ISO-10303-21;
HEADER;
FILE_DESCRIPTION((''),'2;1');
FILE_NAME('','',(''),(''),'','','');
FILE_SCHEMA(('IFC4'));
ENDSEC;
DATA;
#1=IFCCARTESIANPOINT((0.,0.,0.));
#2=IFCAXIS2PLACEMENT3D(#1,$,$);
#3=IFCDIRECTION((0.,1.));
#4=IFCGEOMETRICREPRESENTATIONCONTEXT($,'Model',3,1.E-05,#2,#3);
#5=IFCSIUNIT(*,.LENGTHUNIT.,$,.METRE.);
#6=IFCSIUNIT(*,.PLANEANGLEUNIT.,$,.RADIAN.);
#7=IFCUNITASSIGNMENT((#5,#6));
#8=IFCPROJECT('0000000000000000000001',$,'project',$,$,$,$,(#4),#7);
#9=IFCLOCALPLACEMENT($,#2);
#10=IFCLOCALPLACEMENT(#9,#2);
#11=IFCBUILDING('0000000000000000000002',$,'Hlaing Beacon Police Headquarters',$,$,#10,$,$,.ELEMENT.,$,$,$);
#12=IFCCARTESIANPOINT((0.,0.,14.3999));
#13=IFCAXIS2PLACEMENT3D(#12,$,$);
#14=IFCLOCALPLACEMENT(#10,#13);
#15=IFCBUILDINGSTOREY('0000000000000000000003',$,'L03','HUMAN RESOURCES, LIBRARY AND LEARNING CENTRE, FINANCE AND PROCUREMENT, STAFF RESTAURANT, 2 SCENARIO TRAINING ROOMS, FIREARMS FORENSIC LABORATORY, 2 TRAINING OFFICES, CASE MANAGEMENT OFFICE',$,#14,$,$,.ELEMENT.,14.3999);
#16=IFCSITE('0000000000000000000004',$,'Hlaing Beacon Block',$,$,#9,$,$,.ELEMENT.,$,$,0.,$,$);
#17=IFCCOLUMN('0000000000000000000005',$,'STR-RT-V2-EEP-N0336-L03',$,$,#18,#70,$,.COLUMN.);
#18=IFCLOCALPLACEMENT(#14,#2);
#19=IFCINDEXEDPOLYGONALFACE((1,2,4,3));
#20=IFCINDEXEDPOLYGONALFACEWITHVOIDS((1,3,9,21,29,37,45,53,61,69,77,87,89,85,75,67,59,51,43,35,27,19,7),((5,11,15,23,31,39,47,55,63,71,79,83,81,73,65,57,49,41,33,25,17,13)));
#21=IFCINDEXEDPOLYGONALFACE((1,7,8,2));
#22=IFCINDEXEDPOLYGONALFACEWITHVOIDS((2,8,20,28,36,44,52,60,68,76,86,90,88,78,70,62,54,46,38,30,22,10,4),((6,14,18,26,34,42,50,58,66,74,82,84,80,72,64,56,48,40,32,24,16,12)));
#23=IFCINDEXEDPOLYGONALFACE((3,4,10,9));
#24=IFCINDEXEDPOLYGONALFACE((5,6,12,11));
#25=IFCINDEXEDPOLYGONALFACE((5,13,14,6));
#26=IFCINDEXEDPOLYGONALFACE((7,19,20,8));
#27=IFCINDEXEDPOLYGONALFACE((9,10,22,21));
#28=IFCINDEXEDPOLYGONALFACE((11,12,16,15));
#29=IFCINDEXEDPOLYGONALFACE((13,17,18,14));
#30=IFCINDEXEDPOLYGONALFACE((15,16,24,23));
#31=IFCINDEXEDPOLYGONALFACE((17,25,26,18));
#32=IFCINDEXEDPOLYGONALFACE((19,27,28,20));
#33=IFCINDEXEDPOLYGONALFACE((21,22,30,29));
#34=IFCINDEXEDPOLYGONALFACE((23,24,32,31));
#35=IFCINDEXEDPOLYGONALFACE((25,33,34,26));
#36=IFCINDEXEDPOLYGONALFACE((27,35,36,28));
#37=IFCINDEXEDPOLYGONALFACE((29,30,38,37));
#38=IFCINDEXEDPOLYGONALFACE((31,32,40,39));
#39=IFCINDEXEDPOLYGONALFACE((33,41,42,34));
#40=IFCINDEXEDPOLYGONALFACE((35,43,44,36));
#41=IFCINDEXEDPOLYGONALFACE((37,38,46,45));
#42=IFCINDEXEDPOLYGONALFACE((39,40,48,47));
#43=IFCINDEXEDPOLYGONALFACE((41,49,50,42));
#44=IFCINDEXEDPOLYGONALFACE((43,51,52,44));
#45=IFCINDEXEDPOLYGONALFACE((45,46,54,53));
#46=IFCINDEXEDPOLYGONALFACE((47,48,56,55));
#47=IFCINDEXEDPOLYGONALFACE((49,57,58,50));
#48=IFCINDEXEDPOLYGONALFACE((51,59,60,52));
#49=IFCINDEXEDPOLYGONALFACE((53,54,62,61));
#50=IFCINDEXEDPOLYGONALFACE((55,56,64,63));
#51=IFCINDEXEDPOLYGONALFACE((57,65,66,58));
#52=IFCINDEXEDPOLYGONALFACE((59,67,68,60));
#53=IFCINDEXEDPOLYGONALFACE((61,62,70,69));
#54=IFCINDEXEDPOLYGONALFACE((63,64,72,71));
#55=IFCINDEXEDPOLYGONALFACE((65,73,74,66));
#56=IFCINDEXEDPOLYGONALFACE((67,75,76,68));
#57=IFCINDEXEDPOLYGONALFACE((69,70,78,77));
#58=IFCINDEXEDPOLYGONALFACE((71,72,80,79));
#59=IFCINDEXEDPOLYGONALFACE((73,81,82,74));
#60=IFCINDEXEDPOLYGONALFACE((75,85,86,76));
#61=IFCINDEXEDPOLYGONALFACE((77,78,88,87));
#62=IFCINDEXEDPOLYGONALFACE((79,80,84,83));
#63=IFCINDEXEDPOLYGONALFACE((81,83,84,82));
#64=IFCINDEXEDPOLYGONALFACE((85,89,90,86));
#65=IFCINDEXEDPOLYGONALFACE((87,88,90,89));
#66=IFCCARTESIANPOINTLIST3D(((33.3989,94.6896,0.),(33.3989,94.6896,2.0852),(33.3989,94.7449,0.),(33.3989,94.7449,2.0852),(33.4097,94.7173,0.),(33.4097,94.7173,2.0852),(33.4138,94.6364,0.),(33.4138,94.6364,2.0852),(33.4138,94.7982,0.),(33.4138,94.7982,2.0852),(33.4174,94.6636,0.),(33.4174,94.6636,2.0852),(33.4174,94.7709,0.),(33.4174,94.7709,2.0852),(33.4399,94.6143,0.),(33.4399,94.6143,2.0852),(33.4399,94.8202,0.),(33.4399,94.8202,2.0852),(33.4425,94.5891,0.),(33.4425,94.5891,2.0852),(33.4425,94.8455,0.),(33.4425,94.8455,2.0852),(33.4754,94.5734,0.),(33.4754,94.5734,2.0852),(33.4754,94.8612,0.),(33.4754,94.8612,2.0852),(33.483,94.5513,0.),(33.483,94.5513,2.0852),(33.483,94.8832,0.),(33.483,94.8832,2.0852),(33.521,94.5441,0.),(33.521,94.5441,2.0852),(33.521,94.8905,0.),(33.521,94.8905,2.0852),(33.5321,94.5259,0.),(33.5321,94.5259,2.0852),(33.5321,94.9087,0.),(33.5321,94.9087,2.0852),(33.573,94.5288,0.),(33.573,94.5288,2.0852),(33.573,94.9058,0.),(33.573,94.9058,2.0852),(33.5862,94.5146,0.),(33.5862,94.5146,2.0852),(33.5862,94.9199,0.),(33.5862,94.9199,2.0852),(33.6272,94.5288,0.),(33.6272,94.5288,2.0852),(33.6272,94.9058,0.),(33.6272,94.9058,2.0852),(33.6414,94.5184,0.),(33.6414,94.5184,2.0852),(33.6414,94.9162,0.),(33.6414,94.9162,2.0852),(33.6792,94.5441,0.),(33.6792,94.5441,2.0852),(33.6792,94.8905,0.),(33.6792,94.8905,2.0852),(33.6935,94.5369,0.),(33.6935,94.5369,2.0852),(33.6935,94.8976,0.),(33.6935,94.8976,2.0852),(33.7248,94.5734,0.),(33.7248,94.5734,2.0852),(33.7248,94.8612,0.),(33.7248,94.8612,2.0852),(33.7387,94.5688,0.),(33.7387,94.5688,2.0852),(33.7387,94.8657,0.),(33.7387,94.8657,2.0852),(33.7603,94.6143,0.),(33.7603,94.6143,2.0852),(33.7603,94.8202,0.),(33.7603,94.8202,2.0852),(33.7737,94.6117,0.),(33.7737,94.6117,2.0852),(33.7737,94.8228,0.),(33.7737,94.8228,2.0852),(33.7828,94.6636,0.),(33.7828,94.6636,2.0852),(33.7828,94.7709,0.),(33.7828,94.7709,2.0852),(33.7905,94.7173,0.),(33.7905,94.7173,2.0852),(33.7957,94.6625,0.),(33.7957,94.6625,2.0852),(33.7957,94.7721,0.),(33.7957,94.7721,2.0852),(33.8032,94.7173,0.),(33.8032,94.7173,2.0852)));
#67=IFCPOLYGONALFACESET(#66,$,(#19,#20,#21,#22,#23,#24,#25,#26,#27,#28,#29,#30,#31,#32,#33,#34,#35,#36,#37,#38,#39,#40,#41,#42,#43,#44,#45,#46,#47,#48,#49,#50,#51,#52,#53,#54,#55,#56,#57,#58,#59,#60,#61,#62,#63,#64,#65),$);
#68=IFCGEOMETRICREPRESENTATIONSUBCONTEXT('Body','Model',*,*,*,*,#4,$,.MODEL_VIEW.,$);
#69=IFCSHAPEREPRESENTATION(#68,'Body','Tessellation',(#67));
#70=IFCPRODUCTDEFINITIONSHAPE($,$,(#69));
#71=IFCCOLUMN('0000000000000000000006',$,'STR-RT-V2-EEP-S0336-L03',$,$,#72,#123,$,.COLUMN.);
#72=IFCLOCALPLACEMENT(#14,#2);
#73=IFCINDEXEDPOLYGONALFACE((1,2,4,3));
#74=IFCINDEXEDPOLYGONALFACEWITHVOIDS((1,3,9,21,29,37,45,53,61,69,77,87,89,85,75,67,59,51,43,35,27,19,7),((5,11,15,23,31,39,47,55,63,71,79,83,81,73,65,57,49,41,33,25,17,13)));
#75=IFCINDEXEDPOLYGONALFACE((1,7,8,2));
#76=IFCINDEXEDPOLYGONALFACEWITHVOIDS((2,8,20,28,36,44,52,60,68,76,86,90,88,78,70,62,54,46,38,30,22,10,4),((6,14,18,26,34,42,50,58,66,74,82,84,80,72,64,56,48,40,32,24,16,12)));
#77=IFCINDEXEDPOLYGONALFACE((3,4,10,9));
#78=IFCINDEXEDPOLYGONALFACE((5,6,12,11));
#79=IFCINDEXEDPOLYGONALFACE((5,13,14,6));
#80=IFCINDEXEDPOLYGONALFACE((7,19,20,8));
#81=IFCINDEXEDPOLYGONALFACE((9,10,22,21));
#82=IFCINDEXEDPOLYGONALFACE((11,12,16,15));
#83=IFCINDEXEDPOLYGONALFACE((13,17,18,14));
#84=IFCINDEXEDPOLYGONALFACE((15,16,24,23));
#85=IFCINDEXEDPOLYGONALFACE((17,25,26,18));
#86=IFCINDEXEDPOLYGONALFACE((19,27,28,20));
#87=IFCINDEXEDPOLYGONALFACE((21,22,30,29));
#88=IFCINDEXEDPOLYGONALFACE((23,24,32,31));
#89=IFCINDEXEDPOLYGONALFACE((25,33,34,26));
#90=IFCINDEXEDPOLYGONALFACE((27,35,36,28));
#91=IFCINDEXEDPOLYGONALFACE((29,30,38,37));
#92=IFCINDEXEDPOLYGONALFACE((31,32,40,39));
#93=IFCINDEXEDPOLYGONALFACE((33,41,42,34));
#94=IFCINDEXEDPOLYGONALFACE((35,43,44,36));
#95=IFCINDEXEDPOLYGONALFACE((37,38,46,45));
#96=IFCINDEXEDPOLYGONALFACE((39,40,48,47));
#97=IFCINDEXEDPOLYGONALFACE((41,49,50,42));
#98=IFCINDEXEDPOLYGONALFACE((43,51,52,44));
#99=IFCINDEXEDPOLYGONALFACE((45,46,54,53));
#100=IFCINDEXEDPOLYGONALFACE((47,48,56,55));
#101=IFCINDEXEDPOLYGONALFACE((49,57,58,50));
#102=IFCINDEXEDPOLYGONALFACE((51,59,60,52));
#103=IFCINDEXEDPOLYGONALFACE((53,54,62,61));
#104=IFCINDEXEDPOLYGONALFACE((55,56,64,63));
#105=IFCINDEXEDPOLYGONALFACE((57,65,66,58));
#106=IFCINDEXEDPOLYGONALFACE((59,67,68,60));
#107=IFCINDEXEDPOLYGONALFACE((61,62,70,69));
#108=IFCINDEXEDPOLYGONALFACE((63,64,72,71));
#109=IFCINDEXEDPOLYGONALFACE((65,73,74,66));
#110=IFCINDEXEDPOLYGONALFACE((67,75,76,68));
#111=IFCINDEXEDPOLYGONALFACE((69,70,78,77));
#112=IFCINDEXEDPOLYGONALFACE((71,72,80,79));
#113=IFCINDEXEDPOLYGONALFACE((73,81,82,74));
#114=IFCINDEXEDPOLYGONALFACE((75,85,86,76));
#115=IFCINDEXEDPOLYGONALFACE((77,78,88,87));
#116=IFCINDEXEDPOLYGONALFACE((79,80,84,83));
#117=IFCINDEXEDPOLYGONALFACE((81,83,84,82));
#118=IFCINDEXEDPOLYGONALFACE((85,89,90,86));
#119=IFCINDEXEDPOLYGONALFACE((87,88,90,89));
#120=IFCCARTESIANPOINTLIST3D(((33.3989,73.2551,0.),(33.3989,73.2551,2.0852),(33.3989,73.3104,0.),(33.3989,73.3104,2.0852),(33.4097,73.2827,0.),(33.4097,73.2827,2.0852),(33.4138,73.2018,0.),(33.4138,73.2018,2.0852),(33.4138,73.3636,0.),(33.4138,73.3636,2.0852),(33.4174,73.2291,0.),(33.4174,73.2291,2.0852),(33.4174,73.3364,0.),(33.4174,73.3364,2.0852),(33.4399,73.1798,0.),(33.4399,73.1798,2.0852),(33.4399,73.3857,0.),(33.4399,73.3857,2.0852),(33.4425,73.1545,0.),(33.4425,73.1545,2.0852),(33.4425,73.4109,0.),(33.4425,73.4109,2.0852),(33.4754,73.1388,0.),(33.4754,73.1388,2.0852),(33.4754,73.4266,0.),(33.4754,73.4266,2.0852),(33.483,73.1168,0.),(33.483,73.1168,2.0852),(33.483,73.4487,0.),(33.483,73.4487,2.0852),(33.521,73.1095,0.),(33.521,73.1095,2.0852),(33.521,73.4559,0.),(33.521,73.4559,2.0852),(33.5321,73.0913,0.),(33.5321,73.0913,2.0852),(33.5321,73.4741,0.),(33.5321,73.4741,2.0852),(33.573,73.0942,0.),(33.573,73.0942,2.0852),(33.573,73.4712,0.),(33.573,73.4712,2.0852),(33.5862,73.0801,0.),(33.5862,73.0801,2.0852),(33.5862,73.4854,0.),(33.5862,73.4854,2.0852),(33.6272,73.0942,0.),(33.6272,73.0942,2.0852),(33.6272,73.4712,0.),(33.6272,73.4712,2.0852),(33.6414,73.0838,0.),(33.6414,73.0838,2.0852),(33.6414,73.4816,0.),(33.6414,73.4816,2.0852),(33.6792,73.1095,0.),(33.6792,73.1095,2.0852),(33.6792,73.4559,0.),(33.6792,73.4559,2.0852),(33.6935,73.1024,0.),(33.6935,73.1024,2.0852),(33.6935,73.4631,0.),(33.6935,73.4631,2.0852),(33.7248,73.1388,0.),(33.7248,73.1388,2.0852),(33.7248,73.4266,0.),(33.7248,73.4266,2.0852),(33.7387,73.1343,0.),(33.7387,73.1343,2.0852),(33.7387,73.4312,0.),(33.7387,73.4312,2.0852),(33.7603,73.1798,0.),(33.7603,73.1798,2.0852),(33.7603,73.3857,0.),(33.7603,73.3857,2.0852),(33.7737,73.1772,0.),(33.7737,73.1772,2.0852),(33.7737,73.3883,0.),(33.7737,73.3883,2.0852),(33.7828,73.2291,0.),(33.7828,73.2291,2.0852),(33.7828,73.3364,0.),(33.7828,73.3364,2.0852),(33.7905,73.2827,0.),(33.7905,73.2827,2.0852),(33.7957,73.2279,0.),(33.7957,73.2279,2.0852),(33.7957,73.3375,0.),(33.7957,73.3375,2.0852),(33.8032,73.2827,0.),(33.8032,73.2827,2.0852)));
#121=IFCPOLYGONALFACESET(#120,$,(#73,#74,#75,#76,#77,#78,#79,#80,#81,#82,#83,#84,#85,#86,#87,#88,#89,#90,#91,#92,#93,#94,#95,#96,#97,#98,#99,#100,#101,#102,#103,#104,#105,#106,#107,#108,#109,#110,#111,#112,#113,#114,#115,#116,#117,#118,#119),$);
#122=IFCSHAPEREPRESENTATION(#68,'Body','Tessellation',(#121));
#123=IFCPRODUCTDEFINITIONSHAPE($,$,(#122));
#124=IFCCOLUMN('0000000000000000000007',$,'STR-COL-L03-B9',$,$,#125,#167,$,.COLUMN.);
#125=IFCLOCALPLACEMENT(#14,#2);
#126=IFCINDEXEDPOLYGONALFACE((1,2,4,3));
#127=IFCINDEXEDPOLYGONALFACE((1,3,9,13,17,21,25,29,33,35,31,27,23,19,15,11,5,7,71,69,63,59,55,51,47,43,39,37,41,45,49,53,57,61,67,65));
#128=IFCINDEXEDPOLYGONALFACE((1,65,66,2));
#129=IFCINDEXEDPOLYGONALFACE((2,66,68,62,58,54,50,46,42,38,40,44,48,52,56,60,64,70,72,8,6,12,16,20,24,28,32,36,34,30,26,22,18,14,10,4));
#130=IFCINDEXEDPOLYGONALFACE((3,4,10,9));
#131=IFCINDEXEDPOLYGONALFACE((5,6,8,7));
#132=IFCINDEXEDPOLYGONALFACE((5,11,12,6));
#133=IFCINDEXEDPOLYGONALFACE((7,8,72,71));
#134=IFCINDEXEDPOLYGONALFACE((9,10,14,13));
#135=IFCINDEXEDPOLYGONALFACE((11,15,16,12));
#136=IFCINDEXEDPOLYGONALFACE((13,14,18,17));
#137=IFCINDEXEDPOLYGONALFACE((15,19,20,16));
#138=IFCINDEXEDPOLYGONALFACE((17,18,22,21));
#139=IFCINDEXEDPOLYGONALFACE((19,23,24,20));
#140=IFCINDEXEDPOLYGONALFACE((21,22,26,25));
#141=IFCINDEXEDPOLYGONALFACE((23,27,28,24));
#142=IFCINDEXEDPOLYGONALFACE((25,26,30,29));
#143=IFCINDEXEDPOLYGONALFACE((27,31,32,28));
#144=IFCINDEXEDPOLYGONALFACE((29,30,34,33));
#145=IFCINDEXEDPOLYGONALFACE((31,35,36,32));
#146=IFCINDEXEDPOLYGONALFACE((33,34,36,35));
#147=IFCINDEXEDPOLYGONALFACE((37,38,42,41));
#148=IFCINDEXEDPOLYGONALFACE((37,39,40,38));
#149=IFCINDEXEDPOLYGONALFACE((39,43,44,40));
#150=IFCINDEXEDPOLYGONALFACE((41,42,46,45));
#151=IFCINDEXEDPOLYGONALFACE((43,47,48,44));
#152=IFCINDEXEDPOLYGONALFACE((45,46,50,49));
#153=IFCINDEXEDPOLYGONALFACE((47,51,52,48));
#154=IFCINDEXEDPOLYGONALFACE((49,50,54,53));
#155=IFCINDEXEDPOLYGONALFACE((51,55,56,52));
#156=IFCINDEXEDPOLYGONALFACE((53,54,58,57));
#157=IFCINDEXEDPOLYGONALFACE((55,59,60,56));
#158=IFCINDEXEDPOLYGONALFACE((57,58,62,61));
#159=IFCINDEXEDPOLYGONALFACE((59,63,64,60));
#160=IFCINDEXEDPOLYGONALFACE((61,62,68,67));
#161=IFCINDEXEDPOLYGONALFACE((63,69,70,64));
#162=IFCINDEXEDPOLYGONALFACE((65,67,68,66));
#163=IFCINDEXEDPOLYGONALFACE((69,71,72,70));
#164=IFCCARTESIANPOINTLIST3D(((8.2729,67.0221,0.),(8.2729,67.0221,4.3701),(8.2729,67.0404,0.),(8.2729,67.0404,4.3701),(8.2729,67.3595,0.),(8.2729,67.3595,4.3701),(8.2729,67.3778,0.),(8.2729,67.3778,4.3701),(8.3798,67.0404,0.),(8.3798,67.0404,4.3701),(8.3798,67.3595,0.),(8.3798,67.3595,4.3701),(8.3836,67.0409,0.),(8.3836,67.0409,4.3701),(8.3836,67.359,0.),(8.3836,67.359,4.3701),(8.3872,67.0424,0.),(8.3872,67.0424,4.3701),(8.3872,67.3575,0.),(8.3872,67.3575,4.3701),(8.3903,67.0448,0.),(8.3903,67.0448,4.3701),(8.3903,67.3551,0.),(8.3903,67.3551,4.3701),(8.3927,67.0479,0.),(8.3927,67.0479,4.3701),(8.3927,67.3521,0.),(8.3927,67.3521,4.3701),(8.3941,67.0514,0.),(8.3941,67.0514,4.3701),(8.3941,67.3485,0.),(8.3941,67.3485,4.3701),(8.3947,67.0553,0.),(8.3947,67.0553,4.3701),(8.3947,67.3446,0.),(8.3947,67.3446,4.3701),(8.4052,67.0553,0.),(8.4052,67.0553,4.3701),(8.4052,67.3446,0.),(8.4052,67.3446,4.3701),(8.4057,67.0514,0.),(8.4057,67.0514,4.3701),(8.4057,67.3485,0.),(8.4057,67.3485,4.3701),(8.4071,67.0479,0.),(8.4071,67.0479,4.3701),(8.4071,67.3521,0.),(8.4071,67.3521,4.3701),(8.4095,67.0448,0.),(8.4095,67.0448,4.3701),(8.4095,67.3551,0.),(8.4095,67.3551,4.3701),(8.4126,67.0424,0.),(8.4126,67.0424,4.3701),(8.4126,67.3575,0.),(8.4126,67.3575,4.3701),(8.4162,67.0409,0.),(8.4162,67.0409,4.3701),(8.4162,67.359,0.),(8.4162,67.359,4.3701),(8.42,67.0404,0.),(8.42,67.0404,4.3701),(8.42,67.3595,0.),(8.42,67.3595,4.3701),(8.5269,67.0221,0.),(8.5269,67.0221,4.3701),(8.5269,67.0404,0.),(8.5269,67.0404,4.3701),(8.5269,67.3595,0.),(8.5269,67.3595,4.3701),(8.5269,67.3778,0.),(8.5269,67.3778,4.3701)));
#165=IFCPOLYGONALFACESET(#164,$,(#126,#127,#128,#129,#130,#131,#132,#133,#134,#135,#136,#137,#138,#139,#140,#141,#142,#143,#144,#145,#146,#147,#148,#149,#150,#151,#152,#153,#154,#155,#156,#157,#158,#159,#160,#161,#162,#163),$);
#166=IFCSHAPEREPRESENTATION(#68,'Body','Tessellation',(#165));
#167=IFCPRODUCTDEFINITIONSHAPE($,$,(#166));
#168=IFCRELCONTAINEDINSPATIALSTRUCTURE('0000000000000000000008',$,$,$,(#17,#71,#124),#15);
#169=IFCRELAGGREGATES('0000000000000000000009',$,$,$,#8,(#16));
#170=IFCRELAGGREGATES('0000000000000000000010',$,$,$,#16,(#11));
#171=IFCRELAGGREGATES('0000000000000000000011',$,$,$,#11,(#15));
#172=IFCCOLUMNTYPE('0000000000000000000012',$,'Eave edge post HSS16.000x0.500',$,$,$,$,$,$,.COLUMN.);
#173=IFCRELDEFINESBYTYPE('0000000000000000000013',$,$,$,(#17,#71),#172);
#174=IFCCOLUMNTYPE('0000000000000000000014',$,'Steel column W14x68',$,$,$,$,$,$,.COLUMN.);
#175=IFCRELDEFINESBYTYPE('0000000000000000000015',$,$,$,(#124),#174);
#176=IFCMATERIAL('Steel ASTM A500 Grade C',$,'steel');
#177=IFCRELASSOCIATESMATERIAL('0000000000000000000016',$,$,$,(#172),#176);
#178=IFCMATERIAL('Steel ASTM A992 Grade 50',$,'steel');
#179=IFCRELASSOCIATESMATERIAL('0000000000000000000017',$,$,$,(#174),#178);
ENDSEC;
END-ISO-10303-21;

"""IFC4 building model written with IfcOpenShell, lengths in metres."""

from ifc_helpers import new_model, si_unit, direction, frame, origin, origin_2d, place, context, subcontext, project, spatial, hollow_circle, i_section, extrude, material, material_profile, profile_set, type_object, element, save


model = new_model("IFC4")

# Units and contexts
model_context = context("Model", 3, precision=1e-05, world=origin(), true_north=direction((0.0, 1.0)))
body_context = subcontext(model_context, "Body", "Model", "MODEL_VIEW")
ifc_project = project(units=[si_unit("LENGTHUNIT", "METRE"), si_unit("PLANEANGLEUNIT", "RADIAN")], contexts=[model_context])

# Site, building, storey
site_placement = place(None, origin())
site = spatial("IfcSite", under=ifc_project, at=site_placement, Name="Hlaing Beacon Block", CompositionType="ELEMENT", RefElevation=0.0)
building_placement = place(site_placement, origin())
building = spatial("IfcBuilding", under=site, at=building_placement, Name="Hlaing Beacon Police Headquarters", CompositionType="ELEMENT")
storey_placement = place(building_placement, frame((0.0, 0.0, 14.3999)))
storey = spatial("IfcBuildingStorey", under=building, at=storey_placement, Name="L03", Description="HUMAN RESOURCES, LIBRARY AND LEARNING CENTRE, FINANCE AND PROCUREMENT, STAFF RESTAURANT, 2 SCENARIO TRAINING ROOMS, FIREARMS FORENSIC LABORATORY, 2 TRAINING OFFICES, CASE MANAGEMENT OFFICE", CompositionType="ELEMENT", Elevation=14.3999)

# Columns
ifc_material_1 = material(Name="Steel ASTM A500 Grade C", Category="steel")
ifc_material_profile_1 = material_profile(ifc_material_1, hollow_circle(Radius=0.2031, WallThickness=0.0127, at=origin_2d()), Name="HSS16.000x0.500")
ifc_profile_set_1 = profile_set([ifc_material_profile_1], Name="Steel ASTM A500 Grade C")
column_type_1 = type_object("IfcColumnType", Name="Eave edge post HSS16.000x0.500", PredefinedType="COLUMN", material=ifc_profile_set_1)
for number, where, z_axis, x_axis, name in (
    (1, (33.6001, 94.7173, 0.0), (0.0, 0.0, 1.0), (1.0, 0.0, 0.0), "STR-RT-V2-EEP-N0336-L03"),
    (2, (33.6001, 73.2827, 0.0), (0.0, 0.0, 1.0), (1.0, 0.0, 0.0), "STR-RT-V2-EEP-S0336-L03"),
):
    element("IfcColumn", number, at=place(storey_placement, frame(where, z_axis=z_axis, x_axis=x_axis)), inside=storey, type_object=column_type_1, Name=name, PredefinedType="COLUMN", context=body_context, shape_type="SweptSolid", body=[
        extrude(hollow_circle(Radius=0.2031, WallThickness=0.0127, at=origin_2d()), origin(), (0.0, 0.0, 1.0), 2.0852),
    ])
ifc_material_2 = material(Name="Steel ASTM A992 Grade 50", Category="steel")
ifc_material_profile_2 = material_profile(ifc_material_2, i_section(OverallWidth=0.2539, OverallDepth=0.3557, WebThickness=0.0105, FlangeThickness=0.0183, FilletRadius=0.0149, at=origin_2d()), Name="W14x68")
ifc_profile_set_2 = profile_set([ifc_material_profile_2], Name="Steel ASTM A992 Grade 50")
column_type_2 = type_object("IfcColumnType", Name="Steel column W14x68", PredefinedType="COLUMN", material=ifc_profile_set_2)
for number, where, z_axis, x_axis, name in (
    (3, (8.3999, 67.2, 0.0), (0.0, 0.0, 1.0), (1.0, 0.0, 0.0), "STR-COL-L03-B9"),
):
    element("IfcColumn", number, at=place(storey_placement, frame(where, z_axis=z_axis, x_axis=x_axis)), inside=storey, type_object=column_type_2, Name=name, PredefinedType="COLUMN", context=body_context, shape_type="SweptSolid", body=[
        extrude(i_section(OverallWidth=0.2539, OverallDepth=0.3557, WebThickness=0.0105, FlangeThickness=0.0183, FilletRadius=0.0149, at=origin_2d()), origin(), (0.0, 0.0, 1.0), 4.3701),
    ])

save(model, "model.ifc")
